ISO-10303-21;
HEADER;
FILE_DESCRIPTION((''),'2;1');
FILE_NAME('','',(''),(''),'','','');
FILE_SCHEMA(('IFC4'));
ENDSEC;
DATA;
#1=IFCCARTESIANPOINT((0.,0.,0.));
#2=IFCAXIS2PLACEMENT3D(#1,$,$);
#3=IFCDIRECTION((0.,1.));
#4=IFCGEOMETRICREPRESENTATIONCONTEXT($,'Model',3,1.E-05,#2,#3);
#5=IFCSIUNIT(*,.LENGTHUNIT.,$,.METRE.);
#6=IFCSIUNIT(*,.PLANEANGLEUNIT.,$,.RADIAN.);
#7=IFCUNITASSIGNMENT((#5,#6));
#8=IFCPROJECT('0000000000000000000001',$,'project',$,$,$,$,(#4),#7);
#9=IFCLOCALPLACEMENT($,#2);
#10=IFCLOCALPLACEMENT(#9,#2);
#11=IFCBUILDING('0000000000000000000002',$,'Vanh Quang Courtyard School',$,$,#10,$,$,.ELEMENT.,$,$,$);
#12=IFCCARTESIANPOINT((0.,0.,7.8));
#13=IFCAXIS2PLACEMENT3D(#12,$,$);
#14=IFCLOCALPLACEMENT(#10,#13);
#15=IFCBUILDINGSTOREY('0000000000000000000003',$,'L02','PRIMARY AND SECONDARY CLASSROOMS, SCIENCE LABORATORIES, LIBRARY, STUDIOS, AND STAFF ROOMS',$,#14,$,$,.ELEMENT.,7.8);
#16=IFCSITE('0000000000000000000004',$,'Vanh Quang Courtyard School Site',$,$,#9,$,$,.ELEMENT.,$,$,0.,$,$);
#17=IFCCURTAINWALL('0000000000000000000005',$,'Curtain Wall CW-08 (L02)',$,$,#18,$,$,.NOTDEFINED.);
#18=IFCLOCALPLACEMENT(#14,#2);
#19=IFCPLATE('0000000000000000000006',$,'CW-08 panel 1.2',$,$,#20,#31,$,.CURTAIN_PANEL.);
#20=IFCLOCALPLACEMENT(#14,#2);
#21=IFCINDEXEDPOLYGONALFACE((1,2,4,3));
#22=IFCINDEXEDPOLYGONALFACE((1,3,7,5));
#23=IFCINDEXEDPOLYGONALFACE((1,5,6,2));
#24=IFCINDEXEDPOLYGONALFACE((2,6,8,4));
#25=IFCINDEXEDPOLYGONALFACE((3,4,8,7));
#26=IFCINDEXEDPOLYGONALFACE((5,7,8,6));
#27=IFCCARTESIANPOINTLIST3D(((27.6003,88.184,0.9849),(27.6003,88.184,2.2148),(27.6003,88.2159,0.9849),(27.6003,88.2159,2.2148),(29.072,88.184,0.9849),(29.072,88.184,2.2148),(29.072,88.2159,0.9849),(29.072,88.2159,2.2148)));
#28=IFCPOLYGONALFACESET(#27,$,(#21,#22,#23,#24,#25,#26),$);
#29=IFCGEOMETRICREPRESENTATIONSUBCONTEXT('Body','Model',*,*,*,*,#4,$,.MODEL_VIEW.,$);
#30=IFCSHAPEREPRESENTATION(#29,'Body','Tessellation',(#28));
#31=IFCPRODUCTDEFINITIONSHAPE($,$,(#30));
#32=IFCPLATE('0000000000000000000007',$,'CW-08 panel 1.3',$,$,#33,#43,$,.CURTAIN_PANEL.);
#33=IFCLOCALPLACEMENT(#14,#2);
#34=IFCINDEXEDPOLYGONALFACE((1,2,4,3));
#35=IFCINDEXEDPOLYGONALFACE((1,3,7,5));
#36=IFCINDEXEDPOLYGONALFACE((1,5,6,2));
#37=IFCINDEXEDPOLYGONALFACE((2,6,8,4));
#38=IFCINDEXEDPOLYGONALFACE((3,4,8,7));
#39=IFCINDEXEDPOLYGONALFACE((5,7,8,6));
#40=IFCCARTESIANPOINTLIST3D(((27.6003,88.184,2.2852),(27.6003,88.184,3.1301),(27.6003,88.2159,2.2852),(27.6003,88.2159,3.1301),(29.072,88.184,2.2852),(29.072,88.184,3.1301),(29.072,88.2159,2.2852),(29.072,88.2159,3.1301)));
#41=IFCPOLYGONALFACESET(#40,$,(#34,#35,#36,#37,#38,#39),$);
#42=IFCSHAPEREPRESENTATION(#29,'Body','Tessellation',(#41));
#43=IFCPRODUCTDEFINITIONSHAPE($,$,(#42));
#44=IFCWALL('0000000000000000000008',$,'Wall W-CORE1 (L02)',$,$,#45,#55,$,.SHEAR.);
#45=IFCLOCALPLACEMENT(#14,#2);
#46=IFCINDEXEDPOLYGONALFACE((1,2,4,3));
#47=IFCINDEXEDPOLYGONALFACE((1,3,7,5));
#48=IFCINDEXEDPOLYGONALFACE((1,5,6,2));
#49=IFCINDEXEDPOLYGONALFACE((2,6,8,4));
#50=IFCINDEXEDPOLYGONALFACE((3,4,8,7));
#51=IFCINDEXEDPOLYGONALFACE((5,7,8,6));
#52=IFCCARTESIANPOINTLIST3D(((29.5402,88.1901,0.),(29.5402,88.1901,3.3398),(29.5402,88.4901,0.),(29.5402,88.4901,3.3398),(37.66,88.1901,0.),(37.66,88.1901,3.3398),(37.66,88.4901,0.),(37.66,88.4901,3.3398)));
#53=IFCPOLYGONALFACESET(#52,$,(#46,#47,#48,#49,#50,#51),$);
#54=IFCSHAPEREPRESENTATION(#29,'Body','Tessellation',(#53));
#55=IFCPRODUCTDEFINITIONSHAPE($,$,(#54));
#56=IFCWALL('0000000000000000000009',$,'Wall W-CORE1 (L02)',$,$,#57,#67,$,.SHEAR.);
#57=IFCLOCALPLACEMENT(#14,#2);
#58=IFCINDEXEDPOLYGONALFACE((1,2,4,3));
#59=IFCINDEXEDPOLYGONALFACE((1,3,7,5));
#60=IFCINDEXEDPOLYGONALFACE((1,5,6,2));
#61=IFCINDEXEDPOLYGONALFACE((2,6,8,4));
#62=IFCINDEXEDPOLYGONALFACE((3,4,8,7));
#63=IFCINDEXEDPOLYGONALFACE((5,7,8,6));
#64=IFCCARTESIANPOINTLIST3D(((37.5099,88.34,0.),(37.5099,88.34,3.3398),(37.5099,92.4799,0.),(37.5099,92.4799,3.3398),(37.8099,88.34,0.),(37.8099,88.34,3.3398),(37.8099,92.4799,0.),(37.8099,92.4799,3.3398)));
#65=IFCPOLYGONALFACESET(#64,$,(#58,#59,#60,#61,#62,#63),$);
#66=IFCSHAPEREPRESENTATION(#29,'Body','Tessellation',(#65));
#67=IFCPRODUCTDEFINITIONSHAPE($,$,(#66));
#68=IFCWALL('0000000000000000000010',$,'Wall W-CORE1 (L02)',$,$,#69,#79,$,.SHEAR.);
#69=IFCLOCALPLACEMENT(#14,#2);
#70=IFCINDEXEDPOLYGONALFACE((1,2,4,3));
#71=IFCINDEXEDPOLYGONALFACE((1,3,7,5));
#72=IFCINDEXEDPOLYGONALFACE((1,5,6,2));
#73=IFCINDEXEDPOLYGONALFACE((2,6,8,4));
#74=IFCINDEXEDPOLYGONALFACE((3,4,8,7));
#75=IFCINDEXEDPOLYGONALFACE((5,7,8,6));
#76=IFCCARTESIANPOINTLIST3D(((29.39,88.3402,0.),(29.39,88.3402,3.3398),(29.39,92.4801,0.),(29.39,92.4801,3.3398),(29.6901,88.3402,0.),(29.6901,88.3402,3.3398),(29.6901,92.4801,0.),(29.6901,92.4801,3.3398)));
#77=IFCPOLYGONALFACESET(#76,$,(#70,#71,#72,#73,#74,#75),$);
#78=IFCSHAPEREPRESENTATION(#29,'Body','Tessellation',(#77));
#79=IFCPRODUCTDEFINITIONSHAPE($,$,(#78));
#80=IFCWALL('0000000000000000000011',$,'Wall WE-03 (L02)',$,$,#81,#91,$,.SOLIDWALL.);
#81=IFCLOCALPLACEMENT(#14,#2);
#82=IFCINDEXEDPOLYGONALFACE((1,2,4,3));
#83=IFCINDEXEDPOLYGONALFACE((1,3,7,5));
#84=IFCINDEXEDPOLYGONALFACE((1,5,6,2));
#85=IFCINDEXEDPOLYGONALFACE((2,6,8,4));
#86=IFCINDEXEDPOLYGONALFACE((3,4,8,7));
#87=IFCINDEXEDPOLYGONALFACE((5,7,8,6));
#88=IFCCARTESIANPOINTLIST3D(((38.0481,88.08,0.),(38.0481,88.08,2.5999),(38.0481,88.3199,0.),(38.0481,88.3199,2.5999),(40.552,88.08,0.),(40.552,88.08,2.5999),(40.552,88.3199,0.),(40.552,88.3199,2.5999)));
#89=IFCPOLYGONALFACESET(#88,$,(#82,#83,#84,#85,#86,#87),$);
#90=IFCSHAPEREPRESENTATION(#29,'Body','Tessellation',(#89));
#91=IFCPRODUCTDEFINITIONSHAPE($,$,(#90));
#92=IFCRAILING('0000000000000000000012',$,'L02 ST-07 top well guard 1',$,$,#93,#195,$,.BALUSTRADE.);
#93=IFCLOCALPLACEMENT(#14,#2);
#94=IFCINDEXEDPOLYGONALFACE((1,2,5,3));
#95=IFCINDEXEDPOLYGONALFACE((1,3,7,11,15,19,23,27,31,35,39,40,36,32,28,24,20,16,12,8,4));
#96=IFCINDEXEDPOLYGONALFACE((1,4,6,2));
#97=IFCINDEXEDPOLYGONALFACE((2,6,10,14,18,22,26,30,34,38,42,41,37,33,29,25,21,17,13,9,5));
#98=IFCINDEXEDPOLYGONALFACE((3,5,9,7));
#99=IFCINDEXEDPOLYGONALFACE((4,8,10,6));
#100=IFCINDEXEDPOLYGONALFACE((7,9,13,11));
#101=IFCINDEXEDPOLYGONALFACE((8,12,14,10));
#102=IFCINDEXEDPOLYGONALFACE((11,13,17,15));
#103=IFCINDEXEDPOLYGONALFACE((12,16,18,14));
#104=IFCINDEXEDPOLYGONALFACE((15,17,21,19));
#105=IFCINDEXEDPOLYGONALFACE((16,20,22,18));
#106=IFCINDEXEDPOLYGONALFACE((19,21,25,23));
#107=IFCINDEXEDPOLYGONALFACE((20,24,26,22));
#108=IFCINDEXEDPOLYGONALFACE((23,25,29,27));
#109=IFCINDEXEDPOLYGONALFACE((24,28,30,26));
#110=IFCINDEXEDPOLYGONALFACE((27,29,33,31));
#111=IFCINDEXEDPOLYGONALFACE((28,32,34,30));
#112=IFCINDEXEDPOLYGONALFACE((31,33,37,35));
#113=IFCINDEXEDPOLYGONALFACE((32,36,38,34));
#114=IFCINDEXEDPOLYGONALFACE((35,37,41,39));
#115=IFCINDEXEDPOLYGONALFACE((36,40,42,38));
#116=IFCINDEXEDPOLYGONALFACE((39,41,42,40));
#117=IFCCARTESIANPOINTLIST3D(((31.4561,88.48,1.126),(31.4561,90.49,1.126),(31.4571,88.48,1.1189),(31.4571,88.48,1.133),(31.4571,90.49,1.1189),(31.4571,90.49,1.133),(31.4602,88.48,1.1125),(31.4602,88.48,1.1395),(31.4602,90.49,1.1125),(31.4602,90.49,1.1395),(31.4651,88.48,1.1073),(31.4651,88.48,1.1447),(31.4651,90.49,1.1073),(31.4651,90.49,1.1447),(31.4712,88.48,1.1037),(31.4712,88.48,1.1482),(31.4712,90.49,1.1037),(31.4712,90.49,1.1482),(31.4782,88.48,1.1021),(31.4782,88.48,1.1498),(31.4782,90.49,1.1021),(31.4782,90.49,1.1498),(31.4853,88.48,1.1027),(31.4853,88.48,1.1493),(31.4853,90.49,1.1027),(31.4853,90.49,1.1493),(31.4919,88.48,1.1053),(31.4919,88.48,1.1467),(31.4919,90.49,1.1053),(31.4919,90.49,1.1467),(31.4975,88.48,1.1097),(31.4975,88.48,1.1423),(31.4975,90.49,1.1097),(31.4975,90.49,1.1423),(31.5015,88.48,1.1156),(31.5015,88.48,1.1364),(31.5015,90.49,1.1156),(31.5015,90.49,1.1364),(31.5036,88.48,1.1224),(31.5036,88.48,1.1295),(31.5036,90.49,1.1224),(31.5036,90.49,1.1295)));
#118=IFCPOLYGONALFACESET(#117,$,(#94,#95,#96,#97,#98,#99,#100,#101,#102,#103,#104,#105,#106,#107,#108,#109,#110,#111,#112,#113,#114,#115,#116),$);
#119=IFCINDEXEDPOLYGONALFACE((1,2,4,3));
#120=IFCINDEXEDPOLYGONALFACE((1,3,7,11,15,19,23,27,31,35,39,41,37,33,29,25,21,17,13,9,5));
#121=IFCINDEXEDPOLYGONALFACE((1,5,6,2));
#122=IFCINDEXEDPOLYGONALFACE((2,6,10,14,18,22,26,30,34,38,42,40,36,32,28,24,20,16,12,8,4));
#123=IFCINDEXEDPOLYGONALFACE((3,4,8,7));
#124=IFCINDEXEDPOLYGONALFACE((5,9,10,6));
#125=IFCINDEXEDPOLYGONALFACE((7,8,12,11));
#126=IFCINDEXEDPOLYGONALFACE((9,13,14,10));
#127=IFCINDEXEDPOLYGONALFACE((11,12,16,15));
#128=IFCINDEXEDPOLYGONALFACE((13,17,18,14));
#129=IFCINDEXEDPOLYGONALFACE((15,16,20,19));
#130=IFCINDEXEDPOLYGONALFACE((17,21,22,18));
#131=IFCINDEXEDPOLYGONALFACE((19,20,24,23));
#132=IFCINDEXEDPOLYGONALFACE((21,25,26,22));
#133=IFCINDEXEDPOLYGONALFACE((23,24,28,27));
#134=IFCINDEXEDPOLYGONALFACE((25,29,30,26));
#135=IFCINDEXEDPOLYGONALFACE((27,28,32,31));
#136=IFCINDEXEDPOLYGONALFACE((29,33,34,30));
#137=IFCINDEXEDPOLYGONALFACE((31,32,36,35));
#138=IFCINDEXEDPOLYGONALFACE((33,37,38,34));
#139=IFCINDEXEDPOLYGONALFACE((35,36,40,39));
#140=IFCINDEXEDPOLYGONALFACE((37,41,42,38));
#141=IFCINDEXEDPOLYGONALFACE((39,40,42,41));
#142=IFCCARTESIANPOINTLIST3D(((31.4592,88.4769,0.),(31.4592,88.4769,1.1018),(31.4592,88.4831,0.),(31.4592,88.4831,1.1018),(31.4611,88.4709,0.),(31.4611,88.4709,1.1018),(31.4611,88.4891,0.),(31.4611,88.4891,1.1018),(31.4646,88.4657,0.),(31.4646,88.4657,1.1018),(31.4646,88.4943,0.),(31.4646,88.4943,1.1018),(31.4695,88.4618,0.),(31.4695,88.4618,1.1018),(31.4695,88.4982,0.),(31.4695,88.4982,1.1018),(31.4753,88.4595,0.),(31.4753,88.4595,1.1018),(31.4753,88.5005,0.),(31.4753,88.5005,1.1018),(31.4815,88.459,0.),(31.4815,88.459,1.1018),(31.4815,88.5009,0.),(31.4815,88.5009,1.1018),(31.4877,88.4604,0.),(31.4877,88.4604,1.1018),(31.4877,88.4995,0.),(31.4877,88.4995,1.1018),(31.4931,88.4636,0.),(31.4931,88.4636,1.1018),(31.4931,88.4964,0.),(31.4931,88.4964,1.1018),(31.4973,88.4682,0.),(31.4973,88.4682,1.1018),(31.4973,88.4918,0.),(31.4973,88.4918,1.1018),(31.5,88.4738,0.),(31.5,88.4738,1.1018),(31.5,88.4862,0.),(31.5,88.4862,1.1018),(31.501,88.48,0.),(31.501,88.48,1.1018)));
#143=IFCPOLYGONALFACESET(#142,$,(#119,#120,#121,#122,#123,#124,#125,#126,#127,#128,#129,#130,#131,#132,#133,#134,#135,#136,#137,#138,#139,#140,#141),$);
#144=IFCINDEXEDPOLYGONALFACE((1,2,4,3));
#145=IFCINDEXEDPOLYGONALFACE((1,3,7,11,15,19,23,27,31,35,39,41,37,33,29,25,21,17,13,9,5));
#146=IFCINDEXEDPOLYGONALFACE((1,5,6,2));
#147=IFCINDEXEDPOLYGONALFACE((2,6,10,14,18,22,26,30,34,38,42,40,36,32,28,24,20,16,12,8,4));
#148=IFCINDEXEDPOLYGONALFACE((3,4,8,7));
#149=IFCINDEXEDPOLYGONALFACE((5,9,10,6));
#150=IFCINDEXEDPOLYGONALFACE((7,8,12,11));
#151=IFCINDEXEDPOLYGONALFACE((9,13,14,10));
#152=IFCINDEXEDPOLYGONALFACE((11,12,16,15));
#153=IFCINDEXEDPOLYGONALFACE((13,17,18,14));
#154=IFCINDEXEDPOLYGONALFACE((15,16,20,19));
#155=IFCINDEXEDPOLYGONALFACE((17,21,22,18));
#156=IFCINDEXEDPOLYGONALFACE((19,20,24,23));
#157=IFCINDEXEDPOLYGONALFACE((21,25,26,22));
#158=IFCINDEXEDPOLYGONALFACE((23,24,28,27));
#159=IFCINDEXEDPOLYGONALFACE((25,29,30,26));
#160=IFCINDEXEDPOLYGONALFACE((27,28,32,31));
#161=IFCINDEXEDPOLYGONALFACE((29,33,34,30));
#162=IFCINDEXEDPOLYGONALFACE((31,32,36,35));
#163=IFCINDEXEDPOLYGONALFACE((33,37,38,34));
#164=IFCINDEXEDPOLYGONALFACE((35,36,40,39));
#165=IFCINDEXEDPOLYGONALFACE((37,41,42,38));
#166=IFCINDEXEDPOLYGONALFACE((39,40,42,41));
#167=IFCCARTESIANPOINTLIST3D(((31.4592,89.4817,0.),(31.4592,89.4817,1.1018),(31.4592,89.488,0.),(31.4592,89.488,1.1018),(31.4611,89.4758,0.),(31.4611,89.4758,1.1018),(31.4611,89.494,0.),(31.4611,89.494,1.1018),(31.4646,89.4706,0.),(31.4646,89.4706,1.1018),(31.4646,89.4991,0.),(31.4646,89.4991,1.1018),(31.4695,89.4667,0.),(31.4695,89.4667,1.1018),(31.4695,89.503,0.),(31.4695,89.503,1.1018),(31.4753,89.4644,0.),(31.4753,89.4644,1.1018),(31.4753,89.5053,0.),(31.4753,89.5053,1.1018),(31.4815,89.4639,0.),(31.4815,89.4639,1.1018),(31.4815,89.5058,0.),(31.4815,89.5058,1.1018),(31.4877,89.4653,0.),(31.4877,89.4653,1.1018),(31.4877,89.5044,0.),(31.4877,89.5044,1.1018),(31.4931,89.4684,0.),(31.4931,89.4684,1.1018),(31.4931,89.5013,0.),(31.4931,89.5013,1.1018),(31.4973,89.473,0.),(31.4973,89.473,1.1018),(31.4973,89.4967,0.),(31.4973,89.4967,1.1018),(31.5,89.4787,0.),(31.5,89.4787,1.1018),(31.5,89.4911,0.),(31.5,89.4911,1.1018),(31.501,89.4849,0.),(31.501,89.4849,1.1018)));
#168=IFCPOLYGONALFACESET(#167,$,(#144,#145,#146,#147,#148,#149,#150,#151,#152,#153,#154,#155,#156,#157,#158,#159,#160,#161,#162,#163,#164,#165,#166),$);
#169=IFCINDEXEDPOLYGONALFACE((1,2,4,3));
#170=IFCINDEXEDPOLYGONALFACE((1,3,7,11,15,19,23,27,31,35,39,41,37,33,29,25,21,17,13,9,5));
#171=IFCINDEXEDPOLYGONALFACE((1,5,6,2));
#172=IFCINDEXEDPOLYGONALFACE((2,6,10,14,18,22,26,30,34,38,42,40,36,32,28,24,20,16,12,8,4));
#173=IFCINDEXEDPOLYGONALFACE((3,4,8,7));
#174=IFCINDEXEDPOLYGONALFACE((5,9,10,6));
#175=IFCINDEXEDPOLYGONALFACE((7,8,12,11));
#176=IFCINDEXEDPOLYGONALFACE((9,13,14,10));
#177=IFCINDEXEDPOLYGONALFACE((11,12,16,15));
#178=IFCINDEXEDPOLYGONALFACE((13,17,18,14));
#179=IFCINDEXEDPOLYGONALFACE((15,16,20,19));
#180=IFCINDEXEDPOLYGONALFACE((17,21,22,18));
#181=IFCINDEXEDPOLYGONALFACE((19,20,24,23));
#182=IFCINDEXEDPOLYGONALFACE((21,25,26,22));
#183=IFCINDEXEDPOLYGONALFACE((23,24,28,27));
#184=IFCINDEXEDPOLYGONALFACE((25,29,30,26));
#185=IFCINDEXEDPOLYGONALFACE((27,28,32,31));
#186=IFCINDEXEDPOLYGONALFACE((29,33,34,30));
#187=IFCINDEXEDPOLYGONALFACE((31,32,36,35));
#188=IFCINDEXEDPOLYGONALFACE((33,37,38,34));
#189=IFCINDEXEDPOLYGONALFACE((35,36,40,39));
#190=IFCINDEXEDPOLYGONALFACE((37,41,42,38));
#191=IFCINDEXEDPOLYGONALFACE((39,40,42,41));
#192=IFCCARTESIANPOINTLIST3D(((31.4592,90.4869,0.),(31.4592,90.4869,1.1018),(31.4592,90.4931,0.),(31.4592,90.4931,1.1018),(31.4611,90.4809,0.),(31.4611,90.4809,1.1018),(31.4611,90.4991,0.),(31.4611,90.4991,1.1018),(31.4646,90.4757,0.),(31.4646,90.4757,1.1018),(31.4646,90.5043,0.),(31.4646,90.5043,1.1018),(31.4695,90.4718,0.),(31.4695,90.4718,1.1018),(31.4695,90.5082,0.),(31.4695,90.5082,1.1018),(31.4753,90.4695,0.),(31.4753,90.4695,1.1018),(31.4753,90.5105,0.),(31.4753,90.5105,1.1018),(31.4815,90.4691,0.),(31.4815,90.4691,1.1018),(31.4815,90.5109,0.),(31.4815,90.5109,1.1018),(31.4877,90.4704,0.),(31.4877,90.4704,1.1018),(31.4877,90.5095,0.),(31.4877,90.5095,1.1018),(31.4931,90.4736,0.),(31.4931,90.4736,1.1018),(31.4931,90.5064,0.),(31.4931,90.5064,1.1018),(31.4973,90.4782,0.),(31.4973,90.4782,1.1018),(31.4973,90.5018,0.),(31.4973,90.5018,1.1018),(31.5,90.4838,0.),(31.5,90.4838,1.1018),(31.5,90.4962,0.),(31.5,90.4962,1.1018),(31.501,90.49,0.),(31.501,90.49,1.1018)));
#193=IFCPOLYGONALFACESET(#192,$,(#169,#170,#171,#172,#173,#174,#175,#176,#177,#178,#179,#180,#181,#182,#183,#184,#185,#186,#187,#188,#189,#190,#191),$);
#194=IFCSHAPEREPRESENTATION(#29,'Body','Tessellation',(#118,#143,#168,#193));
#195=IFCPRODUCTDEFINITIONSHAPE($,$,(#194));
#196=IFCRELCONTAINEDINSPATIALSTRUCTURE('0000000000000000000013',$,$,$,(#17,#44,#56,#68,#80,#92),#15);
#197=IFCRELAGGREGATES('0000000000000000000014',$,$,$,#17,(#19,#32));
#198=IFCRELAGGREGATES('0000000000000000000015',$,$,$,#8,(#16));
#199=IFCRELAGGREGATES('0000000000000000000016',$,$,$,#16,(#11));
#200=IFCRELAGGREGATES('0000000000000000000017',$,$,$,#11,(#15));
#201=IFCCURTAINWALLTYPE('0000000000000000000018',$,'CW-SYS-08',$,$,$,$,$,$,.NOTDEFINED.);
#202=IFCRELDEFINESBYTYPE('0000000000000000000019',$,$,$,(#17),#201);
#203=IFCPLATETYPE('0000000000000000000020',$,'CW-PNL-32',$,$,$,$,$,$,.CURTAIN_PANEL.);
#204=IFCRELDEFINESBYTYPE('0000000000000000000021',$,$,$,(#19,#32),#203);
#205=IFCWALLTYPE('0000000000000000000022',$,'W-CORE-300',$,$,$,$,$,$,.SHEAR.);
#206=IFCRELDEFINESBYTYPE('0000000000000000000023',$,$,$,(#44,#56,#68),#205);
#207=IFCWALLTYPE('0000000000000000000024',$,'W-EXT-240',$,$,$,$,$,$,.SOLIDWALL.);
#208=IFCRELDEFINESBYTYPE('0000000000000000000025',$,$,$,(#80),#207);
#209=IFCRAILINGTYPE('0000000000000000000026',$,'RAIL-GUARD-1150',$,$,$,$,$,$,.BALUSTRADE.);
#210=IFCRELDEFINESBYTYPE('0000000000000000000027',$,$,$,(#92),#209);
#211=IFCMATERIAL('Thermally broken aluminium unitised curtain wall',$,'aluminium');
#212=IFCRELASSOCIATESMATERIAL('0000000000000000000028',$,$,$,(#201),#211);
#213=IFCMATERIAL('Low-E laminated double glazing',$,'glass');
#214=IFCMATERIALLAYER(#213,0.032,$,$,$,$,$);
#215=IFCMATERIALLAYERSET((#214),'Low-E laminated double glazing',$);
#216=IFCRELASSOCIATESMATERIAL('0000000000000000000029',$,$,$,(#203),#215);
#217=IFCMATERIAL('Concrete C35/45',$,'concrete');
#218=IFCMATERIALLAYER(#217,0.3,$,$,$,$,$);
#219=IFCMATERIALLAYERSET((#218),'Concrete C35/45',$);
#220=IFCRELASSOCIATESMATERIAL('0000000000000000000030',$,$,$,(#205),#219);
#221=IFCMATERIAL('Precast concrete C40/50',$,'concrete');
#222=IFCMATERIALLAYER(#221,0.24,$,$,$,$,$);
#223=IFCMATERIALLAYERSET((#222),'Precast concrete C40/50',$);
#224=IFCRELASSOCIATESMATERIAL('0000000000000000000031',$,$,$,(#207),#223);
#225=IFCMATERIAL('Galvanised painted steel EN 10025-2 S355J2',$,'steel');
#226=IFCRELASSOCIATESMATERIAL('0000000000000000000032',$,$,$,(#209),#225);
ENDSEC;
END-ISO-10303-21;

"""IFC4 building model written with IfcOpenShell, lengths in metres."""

from ifc_helpers import new_model, si_unit, direction, frame, frame_2d, origin, origin_2d, place, context, subcontext, project, spatial, rectangle, circle, extrude, material, layer, layer_set, type_object, element, aggregate, save


model = new_model("IFC4")

# Units and contexts
model_context = context("Model", 3, precision=1e-05, world=origin(), true_north=direction((0.0, 1.0)))
body_context = subcontext(model_context, "Body", "Model", "MODEL_VIEW")
ifc_project = project(units=[si_unit("LENGTHUNIT", "METRE"), si_unit("PLANEANGLEUNIT", "RADIAN")], contexts=[model_context])

# Site, building, storey
site_placement = place(None, origin())
site = spatial("IfcSite", under=ifc_project, at=site_placement, Name="Vanh Quang Courtyard School Site", CompositionType="ELEMENT", RefElevation=0.0)
building_placement = place(site_placement, origin())
building = spatial("IfcBuilding", under=site, at=building_placement, Name="Vanh Quang Courtyard School", CompositionType="ELEMENT")
storey_placement = place(building_placement, frame((0.0, 0.0, 7.8)))
storey = spatial("IfcBuildingStorey", under=building, at=storey_placement, Name="L02", Description="PRIMARY AND SECONDARY CLASSROOMS, SCIENCE LABORATORIES, LIBRARY, STUDIOS, AND STAFF ROOMS", CompositionType="ELEMENT", Elevation=7.8)

# Shared definitions
ifc_material_1 = material(Name="Concrete C35/45", Category="concrete")

# Curtain wall, plates
ifc_material_2 = material(Name="Thermally broken aluminium unitised curtain wall", Category="aluminium")
curtain_wall_type = type_object("IfcCurtainWallType", Name="CW-SYS-08", PredefinedType="NOTDEFINED", material=ifc_material_2)
curtain_wall_placement = place(storey_placement, origin())
curtain_wall = element("IfcCurtainWall", 1, at=curtain_wall_placement, inside=storey, type_object=curtain_wall_type, Name="Curtain Wall CW-08 (L02)", PredefinedType="NOTDEFINED")
ifc_material_3 = material(Name="Low-E laminated double glazing", Category="glass")
ifc_layer_1 = layer(ifc_material_3, 0.032)
ifc_layer_set_1 = layer_set([ifc_layer_1], Name="Low-E laminated double glazing")
plate_type = type_object("IfcPlateType", Name="CW-PNL-32", PredefinedType="CURTAIN_PANEL", material=ifc_layer_set_1)
plate_1_placement = place(storey_placement, frame((28.3362, 88.2, 0.9849), z_axis=(0.0, 0.0, 1.0), x_axis=(-1.0, 0.0, 0.0)))
plate_1 = element("IfcPlate", 2, at=plate_1_placement, type_object=plate_type, Name="CW-08 panel 1.2", PredefinedType="CURTAIN_PANEL", context=body_context, shape_type="SweptSolid", body=[
    extrude(rectangle(XDim=1.4717, YDim=0.032, at=origin_2d()), origin(), (0.0, 0.0, 1.0), 1.23),
])
plate_2_placement = place(storey_placement, frame((28.3362, 88.2, 2.2852), z_axis=(0.0, 0.0, 1.0), x_axis=(-1.0, 0.0, 0.0)))
plate_2 = element("IfcPlate", 3, at=plate_2_placement, type_object=plate_type, Name="CW-08 panel 1.3", PredefinedType="CURTAIN_PANEL", context=body_context, shape_type="SweptSolid", body=[
    extrude(rectangle(XDim=1.4717, YDim=0.032, at=origin_2d()), origin(), (0.0, 0.0, 1.0), 0.845),
])
aggregate(curtain_wall, [plate_1, plate_2])

# Walls
ifc_layer_2 = layer(ifc_material_1, 0.3)
ifc_layer_set_2 = layer_set([ifc_layer_2], Name="Concrete C35/45")
wall_type_1 = type_object("IfcWallType", Name="W-CORE-300", PredefinedType="SHEAR", material=ifc_layer_set_2)
wall_1_placement = place(storey_placement, frame((29.54, 88.3401, 0.0), z_axis=(0.0, 0.0, 1.0), x_axis=(1.0, 0.0, 0.0)))
element("IfcWall", 4, at=wall_1_placement, inside=storey, type_object=wall_type_1, Name="Wall W-CORE1 (L02)", PredefinedType="SHEAR", context=body_context, shape_type="SweptSolid", body=[
    extrude(rectangle(XDim=8.1199, YDim=0.3, at=frame_2d((4.0601, 0.0))), origin(), (0.0, 0.0, 1.0), 3.3398),
])
wall_2_placement = place(storey_placement, frame((37.6599, 88.3401, 0.0), z_axis=(0.0, 0.0, 1.0), x_axis=(0.0, 1.0, 0.0)))
element("IfcWall", 5, at=wall_2_placement, inside=storey, type_object=wall_type_1, Name="Wall W-CORE1 (L02)", PredefinedType="SHEAR", context=body_context, shape_type="SweptSolid", body=[
    extrude(rectangle(XDim=4.1399, YDim=0.3, at=frame_2d((2.0698, 0.0))), origin(), (0.0, 0.0, 1.0), 3.3398),
])

# Walls
wall_3_placement = place(storey_placement, frame((29.54, 92.48, 0.0), z_axis=(0.0, 0.0, 1.0), x_axis=(0.0, -1.0, 0.0)))
element("IfcWall", 6, at=wall_3_placement, inside=storey, type_object=wall_type_1, Name="Wall W-CORE1 (L02)", PredefinedType="SHEAR", context=body_context, shape_type="SweptSolid", body=[
    extrude(rectangle(XDim=4.1399, YDim=0.3, at=frame_2d((2.0698, 0.0))), origin(), (0.0, 0.0, 1.0), 3.3398),
])
ifc_material_4 = material(Name="Precast concrete C40/50", Category="concrete")
ifc_layer_3 = layer(ifc_material_4, 0.24)
ifc_layer_set_3 = layer_set([ifc_layer_3], Name="Precast concrete C40/50")
wall_type_2 = type_object("IfcWallType", Name="W-EXT-240", PredefinedType="SOLIDWALL", material=ifc_layer_set_3)
wall_4_placement = place(storey_placement, frame((38.0481, 88.2, 0.0), z_axis=(0.0, 0.0, 1.0), x_axis=(1.0, 0.0, 0.0)))
element("IfcWall", 7, at=wall_4_placement, inside=storey, type_object=wall_type_2, Name="Wall WE-03 (L02)", PredefinedType="SOLIDWALL", context=body_context, shape_type="SweptSolid", body=[
    extrude(rectangle(XDim=2.5039, YDim=0.24, at=frame_2d((1.252, 0.0))), origin(), (0.0, 0.0, 1.0), 2.5999),
])

# Railing
ifc_material_5 = material(Name="Galvanised painted steel EN 10025-2 S355J2", Category="steel")
railing_type = type_object("IfcRailingType", Name="RAIL-GUARD-1150", PredefinedType="BALUSTRADE", material=ifc_material_5)
railing_placement = place(storey_placement, frame((31.48, 88.48, 0.0)))
element("IfcRailing", 8, at=railing_placement, inside=storey, type_object=railing_type, Name="L02 ST-07 top well guard 1", PredefinedType="BALUSTRADE", context=body_context, shape_type="SweptSolid", body=[
    extrude(circle(Radius=0.0239, at=origin_2d()), frame((0.0, 0.0, 1.126), z_axis=(0.0, 1.0, 0.0), x_axis=(-1.0, 0.0, 0.0)), (0.0, 0.0, 1.0), 2.01),
    extrude(circle(Radius=0.021, at=origin_2d()), origin(), (0.0, 0.0, 1.0), 1.1018),
    extrude(circle(Radius=0.021, at=origin_2d()), frame((0.0, 1.0049, 0.0)), (0.0, 0.0, 1.0), 1.1018),
    extrude(circle(Radius=0.021, at=origin_2d()), frame((0.0, 2.01, 0.0)), (0.0, 0.0, 1.0), 1.1018),
])

save(model, "model.ifc")
